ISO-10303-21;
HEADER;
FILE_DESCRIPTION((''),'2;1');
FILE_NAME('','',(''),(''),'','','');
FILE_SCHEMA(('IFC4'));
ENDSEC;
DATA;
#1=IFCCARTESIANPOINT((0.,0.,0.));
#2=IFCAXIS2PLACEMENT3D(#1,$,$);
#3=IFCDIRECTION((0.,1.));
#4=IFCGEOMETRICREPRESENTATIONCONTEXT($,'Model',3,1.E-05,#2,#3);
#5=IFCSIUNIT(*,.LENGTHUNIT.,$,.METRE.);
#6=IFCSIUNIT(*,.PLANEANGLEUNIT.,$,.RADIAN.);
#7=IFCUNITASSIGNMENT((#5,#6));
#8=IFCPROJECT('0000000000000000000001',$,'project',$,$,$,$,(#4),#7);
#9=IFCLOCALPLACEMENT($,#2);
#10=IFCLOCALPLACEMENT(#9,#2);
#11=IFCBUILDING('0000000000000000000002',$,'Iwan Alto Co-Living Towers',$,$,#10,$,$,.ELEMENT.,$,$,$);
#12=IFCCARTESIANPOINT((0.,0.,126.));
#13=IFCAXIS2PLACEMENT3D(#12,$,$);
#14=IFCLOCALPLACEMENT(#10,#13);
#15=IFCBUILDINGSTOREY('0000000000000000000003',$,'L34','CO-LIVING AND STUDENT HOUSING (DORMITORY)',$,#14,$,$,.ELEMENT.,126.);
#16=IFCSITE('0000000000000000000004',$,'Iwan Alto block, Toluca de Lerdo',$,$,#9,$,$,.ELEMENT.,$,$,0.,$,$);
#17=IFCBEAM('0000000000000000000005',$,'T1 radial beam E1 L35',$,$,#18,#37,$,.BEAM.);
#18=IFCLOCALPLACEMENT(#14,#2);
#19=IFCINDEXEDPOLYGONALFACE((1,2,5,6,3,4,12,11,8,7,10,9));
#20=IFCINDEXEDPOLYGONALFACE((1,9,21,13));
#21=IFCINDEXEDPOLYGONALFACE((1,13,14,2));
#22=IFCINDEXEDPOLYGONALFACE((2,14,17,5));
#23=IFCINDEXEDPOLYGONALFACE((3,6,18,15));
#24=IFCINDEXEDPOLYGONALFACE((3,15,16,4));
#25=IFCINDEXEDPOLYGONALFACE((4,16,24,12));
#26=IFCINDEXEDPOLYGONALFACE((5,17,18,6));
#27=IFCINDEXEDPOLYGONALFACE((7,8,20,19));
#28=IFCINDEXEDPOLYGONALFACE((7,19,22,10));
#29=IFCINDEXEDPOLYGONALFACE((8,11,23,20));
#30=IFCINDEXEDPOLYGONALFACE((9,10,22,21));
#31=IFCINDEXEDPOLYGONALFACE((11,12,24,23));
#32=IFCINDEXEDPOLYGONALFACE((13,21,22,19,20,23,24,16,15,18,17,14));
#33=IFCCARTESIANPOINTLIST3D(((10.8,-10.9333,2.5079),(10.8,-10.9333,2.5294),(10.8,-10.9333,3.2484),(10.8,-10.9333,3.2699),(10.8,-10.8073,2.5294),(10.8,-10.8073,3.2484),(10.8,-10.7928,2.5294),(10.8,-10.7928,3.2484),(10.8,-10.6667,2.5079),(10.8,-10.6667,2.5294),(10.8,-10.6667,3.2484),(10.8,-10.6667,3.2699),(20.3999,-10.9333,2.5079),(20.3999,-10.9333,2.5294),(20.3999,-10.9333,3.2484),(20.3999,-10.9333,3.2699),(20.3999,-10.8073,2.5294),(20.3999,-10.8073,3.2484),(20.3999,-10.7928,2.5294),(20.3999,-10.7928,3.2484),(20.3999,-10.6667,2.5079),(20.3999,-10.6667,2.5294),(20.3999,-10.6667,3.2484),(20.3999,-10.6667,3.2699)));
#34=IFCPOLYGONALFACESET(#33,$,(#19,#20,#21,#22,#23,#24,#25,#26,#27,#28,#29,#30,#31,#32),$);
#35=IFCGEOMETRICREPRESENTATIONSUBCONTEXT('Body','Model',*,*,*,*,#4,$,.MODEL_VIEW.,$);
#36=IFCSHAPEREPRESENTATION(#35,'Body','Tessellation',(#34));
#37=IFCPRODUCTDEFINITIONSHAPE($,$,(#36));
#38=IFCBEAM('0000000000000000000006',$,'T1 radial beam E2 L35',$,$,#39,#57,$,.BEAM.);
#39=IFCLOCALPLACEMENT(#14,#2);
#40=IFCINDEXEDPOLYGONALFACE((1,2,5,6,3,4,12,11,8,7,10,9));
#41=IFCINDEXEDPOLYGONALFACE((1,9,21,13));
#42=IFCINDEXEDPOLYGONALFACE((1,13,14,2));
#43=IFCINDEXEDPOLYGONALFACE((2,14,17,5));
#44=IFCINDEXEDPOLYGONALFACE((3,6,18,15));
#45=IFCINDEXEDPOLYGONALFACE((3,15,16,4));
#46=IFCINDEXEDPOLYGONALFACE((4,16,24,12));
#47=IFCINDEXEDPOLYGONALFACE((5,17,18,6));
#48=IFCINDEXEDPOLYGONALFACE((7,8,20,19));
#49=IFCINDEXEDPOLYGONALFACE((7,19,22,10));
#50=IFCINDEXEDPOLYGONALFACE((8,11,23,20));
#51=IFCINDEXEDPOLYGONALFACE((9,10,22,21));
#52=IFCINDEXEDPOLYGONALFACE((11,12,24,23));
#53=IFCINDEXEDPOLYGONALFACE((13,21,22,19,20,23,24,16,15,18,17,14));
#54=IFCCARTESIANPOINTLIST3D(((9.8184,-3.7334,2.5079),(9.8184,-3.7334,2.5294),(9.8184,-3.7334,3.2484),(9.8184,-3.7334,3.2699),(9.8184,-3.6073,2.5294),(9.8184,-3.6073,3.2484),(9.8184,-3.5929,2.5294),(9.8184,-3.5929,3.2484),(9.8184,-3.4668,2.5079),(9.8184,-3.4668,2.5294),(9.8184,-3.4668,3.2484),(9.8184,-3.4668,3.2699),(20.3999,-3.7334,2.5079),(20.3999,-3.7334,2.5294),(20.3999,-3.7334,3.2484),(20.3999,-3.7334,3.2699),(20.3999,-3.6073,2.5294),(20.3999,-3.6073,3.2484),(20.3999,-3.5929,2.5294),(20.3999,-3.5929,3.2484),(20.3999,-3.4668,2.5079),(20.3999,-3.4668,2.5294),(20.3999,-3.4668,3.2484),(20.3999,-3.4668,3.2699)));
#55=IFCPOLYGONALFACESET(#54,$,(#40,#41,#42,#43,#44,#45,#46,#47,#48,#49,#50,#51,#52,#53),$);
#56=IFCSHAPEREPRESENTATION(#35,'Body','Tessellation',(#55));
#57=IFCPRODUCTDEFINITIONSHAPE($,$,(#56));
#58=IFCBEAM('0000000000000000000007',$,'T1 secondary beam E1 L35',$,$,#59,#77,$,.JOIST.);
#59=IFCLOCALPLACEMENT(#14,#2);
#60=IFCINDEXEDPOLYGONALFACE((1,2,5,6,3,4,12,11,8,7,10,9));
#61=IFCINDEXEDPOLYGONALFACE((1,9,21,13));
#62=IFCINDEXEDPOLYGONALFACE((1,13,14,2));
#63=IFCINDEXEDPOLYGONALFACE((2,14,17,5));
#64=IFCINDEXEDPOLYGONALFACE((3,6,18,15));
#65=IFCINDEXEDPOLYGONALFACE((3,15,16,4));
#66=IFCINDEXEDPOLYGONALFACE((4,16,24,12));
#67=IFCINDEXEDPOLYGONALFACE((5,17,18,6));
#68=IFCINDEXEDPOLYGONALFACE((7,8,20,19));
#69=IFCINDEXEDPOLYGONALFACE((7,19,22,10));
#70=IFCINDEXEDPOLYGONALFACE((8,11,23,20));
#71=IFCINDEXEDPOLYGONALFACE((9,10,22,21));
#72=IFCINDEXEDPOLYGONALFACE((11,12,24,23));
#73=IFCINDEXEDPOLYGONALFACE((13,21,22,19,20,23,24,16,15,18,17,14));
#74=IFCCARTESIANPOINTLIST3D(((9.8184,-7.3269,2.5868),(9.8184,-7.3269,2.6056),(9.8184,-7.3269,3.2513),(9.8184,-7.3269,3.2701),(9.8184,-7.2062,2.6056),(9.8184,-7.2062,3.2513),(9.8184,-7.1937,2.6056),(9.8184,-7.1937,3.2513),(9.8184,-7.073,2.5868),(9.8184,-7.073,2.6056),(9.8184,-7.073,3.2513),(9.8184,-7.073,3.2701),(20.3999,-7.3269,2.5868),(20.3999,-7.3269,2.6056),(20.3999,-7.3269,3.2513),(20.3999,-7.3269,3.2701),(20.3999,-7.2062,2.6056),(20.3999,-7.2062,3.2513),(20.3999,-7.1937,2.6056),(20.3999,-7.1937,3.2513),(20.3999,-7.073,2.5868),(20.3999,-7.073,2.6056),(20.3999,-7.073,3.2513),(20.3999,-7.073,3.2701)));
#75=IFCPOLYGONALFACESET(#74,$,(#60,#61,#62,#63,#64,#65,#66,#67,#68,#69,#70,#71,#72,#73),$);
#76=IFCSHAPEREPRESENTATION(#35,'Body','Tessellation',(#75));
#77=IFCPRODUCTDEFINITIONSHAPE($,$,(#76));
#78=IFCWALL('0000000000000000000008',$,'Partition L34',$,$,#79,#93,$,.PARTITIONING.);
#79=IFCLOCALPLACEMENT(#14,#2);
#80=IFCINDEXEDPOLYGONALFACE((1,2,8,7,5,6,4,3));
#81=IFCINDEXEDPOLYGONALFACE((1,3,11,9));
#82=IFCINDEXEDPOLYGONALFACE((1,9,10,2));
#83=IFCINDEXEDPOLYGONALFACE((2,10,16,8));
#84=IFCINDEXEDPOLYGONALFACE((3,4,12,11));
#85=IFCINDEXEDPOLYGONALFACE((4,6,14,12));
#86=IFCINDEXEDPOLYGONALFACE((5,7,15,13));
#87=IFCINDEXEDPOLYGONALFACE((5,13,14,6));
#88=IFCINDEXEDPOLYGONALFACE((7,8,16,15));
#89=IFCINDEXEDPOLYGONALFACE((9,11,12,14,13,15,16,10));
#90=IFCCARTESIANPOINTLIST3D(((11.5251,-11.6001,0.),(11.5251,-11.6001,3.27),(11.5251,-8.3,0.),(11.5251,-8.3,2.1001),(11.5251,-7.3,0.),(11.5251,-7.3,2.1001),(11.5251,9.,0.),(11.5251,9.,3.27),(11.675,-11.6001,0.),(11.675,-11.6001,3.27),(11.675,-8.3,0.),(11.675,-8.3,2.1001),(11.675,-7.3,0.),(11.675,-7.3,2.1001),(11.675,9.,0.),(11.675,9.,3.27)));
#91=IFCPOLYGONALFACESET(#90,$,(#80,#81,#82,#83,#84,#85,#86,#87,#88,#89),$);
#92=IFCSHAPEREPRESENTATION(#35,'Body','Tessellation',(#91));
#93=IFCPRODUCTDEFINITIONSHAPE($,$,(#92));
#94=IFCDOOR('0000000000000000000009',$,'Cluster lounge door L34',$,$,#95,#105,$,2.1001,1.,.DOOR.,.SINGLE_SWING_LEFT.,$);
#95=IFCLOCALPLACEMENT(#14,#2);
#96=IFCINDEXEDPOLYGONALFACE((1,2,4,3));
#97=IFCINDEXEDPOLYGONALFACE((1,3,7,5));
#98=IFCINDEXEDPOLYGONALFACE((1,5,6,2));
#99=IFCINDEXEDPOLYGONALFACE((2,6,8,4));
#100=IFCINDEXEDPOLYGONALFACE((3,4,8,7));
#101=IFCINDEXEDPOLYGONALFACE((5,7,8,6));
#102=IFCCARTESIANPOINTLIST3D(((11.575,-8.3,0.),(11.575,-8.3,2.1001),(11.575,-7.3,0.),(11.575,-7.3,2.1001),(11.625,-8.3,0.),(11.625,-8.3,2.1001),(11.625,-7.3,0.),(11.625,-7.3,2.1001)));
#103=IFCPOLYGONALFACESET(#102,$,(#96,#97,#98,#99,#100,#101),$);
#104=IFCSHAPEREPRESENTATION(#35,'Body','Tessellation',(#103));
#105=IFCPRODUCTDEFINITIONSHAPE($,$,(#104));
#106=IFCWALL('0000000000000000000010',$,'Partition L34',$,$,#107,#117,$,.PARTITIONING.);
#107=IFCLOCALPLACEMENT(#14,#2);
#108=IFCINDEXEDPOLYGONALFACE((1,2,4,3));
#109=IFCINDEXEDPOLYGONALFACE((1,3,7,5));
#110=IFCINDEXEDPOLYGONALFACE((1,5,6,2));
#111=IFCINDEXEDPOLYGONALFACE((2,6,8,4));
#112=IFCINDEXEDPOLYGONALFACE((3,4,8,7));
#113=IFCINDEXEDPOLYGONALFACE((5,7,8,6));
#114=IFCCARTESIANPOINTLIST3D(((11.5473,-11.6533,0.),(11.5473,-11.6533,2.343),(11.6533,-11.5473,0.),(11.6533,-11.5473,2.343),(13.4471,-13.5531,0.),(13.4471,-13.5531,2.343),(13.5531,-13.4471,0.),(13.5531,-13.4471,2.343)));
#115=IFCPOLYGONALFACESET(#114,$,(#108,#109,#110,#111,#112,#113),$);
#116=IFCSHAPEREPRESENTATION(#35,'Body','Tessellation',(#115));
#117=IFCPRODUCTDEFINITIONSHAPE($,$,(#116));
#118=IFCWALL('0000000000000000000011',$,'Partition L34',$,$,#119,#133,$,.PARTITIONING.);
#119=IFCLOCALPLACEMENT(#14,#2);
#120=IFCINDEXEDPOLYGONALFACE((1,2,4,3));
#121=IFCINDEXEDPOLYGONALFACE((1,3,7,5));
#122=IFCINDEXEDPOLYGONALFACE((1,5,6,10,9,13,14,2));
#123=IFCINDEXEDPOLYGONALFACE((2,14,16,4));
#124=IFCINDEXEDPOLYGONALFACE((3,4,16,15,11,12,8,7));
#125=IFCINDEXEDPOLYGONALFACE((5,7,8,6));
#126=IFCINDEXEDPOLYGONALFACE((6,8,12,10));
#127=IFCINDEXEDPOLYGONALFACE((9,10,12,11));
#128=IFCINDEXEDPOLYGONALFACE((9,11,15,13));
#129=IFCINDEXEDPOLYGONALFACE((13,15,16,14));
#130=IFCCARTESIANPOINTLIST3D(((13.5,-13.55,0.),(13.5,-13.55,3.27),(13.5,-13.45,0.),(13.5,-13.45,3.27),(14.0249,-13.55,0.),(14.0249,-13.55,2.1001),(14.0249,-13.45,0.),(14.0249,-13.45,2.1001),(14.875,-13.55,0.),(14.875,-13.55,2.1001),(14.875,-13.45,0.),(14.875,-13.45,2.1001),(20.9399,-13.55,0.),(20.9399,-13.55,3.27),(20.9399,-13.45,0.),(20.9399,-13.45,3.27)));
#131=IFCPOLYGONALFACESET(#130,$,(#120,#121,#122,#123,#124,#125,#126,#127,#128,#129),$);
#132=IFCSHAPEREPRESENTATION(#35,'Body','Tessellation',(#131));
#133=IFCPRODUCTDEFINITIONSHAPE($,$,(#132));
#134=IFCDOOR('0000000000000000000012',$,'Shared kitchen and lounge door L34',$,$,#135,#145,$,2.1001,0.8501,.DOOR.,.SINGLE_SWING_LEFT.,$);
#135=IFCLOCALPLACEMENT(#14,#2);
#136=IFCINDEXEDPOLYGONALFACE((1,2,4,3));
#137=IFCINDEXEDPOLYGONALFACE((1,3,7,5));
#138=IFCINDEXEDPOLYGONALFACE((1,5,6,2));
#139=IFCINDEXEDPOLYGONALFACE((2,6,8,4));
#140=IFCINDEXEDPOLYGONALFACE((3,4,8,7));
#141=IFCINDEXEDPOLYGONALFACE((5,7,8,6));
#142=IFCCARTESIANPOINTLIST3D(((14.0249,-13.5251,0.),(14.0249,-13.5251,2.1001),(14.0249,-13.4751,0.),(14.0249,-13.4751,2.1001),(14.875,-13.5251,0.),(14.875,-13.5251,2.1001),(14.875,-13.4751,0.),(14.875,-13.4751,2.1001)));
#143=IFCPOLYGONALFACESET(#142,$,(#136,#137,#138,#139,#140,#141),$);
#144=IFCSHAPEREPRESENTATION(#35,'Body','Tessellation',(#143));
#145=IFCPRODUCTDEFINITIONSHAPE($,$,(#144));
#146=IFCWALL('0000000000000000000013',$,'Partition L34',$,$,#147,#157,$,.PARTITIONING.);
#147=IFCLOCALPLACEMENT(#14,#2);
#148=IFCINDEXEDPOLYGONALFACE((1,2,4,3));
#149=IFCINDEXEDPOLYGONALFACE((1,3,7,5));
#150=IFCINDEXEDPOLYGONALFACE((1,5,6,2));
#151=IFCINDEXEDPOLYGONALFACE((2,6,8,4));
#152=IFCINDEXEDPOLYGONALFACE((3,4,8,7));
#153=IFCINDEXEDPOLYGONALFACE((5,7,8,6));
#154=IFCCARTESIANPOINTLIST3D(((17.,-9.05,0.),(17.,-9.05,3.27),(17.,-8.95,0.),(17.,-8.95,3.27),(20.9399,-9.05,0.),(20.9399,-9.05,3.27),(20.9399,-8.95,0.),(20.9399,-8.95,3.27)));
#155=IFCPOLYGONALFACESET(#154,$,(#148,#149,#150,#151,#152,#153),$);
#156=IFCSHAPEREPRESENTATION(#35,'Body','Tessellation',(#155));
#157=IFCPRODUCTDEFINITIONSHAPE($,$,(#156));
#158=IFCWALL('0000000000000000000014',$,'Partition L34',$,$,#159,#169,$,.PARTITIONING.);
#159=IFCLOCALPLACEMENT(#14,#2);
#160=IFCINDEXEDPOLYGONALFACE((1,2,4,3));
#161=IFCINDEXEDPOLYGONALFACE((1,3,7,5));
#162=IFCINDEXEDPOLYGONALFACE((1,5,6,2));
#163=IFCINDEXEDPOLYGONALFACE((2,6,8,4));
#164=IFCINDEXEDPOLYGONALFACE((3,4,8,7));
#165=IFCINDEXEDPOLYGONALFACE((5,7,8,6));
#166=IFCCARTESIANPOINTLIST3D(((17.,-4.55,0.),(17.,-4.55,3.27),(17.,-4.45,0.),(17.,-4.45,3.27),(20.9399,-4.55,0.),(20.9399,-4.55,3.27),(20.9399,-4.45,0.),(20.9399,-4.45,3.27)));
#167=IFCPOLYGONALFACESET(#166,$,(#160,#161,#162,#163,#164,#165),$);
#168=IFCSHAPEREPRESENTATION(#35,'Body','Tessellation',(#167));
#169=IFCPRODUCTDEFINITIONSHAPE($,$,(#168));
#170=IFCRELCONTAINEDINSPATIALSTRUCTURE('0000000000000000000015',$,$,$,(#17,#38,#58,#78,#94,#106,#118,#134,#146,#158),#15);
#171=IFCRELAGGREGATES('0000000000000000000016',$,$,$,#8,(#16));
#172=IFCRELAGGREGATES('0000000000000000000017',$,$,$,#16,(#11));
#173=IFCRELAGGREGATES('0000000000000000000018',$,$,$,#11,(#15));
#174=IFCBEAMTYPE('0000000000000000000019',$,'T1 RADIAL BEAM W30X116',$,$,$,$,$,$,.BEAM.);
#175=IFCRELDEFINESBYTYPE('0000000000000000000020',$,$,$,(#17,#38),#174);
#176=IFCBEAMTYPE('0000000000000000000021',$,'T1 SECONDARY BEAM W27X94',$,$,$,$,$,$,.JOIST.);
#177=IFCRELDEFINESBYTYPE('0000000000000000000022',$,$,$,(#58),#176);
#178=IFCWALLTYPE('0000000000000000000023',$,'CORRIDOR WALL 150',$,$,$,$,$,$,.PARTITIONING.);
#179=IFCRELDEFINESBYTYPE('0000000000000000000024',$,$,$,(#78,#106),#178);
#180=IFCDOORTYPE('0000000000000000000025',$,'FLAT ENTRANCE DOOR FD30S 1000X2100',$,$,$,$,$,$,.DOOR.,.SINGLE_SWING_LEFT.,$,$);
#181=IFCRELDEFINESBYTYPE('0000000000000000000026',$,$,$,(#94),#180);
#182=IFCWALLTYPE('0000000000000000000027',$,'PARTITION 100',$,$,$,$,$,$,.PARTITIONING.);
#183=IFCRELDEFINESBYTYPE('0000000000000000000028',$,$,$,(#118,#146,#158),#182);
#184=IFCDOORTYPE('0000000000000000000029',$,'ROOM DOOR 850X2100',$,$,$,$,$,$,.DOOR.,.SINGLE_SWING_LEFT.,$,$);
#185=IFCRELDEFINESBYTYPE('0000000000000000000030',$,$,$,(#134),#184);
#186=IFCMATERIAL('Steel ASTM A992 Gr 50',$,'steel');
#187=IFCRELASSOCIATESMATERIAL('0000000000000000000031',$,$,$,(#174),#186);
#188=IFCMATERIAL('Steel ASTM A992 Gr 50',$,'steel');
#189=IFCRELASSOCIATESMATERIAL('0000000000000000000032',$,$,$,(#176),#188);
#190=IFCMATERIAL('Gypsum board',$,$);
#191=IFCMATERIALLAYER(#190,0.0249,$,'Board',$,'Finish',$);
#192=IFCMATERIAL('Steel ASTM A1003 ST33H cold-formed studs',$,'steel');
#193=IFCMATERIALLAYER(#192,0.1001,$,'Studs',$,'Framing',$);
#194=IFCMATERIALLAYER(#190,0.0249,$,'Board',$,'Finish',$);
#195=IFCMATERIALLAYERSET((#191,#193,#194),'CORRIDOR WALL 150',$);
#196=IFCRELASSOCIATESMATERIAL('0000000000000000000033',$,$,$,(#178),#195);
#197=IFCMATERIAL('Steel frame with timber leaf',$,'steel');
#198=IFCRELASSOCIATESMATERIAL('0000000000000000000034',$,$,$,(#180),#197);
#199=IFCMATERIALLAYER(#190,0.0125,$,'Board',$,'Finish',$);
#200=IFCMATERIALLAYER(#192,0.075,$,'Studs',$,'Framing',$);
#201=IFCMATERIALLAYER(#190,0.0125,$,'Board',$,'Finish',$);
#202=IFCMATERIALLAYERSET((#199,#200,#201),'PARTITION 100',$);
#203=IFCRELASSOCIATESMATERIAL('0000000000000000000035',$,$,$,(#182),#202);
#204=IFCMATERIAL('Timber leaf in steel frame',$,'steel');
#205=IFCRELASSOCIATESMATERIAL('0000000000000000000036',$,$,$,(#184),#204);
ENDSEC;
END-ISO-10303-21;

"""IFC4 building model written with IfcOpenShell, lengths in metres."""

from ifc_helpers import new_model, si_unit, direction, frame, frame_2d, origin, origin_2d, place, context, subcontext, project, spatial, rectangle, i_section, extrude, material, layer, layer_set, material_profile, profile_set, type_object, element, fill, save


model = new_model("IFC4")

# Units and contexts
model_context = context("Model", 3, precision=1e-05, world=origin(), true_north=direction((0.0, 1.0)))
body_context = subcontext(model_context, "Body", "Model", "MODEL_VIEW")
ifc_project = project(units=[si_unit("LENGTHUNIT", "METRE"), si_unit("PLANEANGLEUNIT", "RADIAN")], contexts=[model_context])

# Site, building, storey
site_placement = place(None, origin())
site = spatial("IfcSite", under=ifc_project, at=site_placement, Name="Iwan Alto block, Toluca de Lerdo", CompositionType="ELEMENT", RefElevation=0.0)
building_placement = place(site_placement, origin())
building = spatial("IfcBuilding", under=site, at=building_placement, Name="Iwan Alto Co-Living Towers", CompositionType="ELEMENT")
storey_placement = place(building_placement, frame((0.0, 0.0, 126.0)))
storey = spatial("IfcBuildingStorey", under=building, at=storey_placement, Name="L34", Description="CO-LIVING AND STUDENT HOUSING (DORMITORY)", CompositionType="ELEMENT", Elevation=126.0)

# Beams
ifc_material_1 = material(Name="Steel ASTM A992 Gr 50", Category="steel")
ifc_material_profile_1 = material_profile(ifc_material_1, i_section(OverallWidth=0.2666, OverallDepth=0.762, WebThickness=0.0144, FlangeThickness=0.0215, at=origin_2d()), Name="W30X116")
ifc_profile_set_1 = profile_set([ifc_material_profile_1], Name="Steel ASTM A992 Gr 50")
beam_type_1 = type_object("IfcBeamType", Name="T1 RADIAL BEAM W30X116", PredefinedType="BEAM", material=ifc_profile_set_1)
beam_1_placement = place(storey_placement, frame((20.3999, -10.8, 2.8889), z_axis=(-1.0, 0.0, 0.0), x_axis=(0.0, -1.0, 0.0)))
element("IfcBeam", 1, at=beam_1_placement, inside=storey, type_object=beam_type_1, Name="T1 radial beam E1 L35", PredefinedType="BEAM", context=body_context, shape_type="SweptSolid", body=[
    extrude(i_section(OverallWidth=0.2666, OverallDepth=0.762, WebThickness=0.0144, FlangeThickness=0.0215, at=origin_2d()), origin(), (0.0, 0.0, 1.0), 9.5999),
])
beam_2_placement = place(storey_placement, frame((20.3999, -3.6001, 2.8889), z_axis=(-1.0, 0.0, 0.0), x_axis=(0.0, -1.0, 0.0)))
element("IfcBeam", 2, at=beam_2_placement, inside=storey, type_object=beam_type_1, Name="T1 radial beam E2 L35", PredefinedType="BEAM", context=body_context, shape_type="SweptSolid", body=[
    extrude(i_section(OverallWidth=0.2666, OverallDepth=0.762, WebThickness=0.0144, FlangeThickness=0.0215, at=origin_2d()), origin(), (0.0, 0.0, 1.0), 10.5815),
])
ifc_material_2 = material(Name="Steel ASTM A992 Gr 50", Category="steel")
ifc_material_profile_2 = material_profile(ifc_material_2, i_section(OverallWidth=0.2539, OverallDepth=0.6833, WebThickness=0.0125, FlangeThickness=0.0188, at=origin_2d()), Name="W27X94")
ifc_profile_set_2 = profile_set([ifc_material_profile_2], Name="Steel ASTM A992 Gr 50")
beam_type_2 = type_object("IfcBeamType", Name="T1 SECONDARY BEAM W27X94", PredefinedType="JOIST", material=ifc_profile_set_2)
beam_3_placement = place(storey_placement, frame((20.3999, -7.2, 2.9285), z_axis=(-1.0, 0.0, 0.0), x_axis=(0.0, -1.0, 0.0)))
element("IfcBeam", 3, at=beam_3_placement, inside=storey, type_object=beam_type_2, Name="T1 secondary beam E1 L35", PredefinedType="JOIST", context=body_context, shape_type="SweptSolid", body=[
    extrude(i_section(OverallWidth=0.2539, OverallDepth=0.6833, WebThickness=0.0125, FlangeThickness=0.0188, at=origin_2d()), origin(), (0.0, 0.0, 1.0), 10.5815),
])

# Wall, opening, door
ifc_material_3 = material(Name="Gypsum board")
ifc_layer_1 = layer(ifc_material_3, 0.0249, Name="Board", Category="Finish")
ifc_material_4 = material(Name="Steel ASTM A1003 ST33H cold-formed studs", Category="steel")
ifc_layer_2 = layer(ifc_material_4, 0.1001, Name="Studs", Category="Framing")
ifc_layer_3 = layer(ifc_material_3, 0.0249, Name="Board", Category="Finish")
ifc_layer_set_1 = layer_set([ifc_layer_1, ifc_layer_2, ifc_layer_3], Name="CORRIDOR WALL 150")
wall_type_1 = type_object("IfcWallType", Name="CORRIDOR WALL 150", PredefinedType="PARTITIONING", material=ifc_layer_set_1)
wall_1_placement = place(storey_placement, frame((11.6001, -11.6001, 0.0), z_axis=(0.0, 0.0, 1.0), x_axis=(0.0, 1.0, 0.0)))
wall_1 = element("IfcWall", 4, at=wall_1_placement, inside=storey, type_object=wall_type_1, Name="Partition L34", PredefinedType="PARTITIONING", context=body_context, shape_type="SweptSolid", body=[
    extrude(rectangle(XDim=20.6001, YDim=0.1499, at=frame_2d((10.3, 0.0))), origin(), (0.0, 0.0, 1.0), 3.27),
])
opening_1_placement = place(wall_1_placement, frame((3.3, 0.0, 0.0)))
opening_1 = element("IfcOpeningElement", 5, at=opening_1_placement, cuts=wall_1, PredefinedType="OPENING", context=body_context, shape_type="SweptSolid", body=[
    extrude(rectangle(XDim=1.0, YDim=2.1001, at=frame_2d((0.5, 1.05))), frame((0.0, 0.085, 0.0), z_axis=(0.0, -1.0, 0.0), x_axis=(1.0, 0.0, 0.0)), (0.0, 0.0, 1.0), 0.1699),
])
ifc_material_5 = material(Name="Steel frame with timber leaf", Category="steel")
door_type_1 = type_object("IfcDoorType", Name="FLAT ENTRANCE DOOR FD30S 1000X2100", OperationType="SINGLE_SWING_LEFT", PredefinedType="DOOR", material=ifc_material_5)
door_1_placement = place(opening_1_placement, frame((1.0, 0.0, 0.0), z_axis=(0.0, 0.0, 1.0), x_axis=(-1.0, 0.0, 0.0)))
door_1 = element("IfcDoor", 6, at=door_1_placement, inside=storey, type_object=door_type_1, Name="Cluster lounge door L34", OperationType="SINGLE_SWING_LEFT", OverallHeight=2.1001, OverallWidth=1.0, PredefinedType="DOOR", context=body_context, shape_type="SweptSolid", body=[
    extrude(rectangle(XDim=1.0, YDim=2.1001, at=frame_2d((0.5, 1.05))), frame((0.0, 0.0249, 0.0), z_axis=(0.0, -1.0, 0.0), x_axis=(1.0, 0.0, 0.0)), (0.0, 0.0, 1.0), 0.05),
])
fill(opening_1, door_1)

# Wall
wall_2_placement = place(storey_placement, frame((13.5, -13.5, 0.0), z_axis=(0.0, 0.0, 1.0), x_axis=(-0.707107, 0.707107, 0.0)))
element("IfcWall", 7, at=wall_2_placement, inside=storey, type_object=wall_type_1, Name="Partition L34", PredefinedType="PARTITIONING", context=body_context, shape_type="SweptSolid", body=[
    extrude(rectangle(XDim=2.6868, YDim=0.1499, at=frame_2d((1.3433, 0.0))), origin(), (0.0, 0.0, 1.0), 2.343),
])

# Wall, opening, door
ifc_layer_4 = layer(ifc_material_3, 0.0125, Name="Board", Category="Finish")
ifc_layer_5 = layer(ifc_material_4, 0.075, Name="Studs", Category="Framing")
ifc_layer_6 = layer(ifc_material_3, 0.0125, Name="Board", Category="Finish")
ifc_layer_set_2 = layer_set([ifc_layer_4, ifc_layer_5, ifc_layer_6], Name="PARTITION 100")
wall_type_2 = type_object("IfcWallType", Name="PARTITION 100", PredefinedType="PARTITIONING", material=ifc_layer_set_2)
wall_3_placement = place(storey_placement, frame((13.5, -13.5, 0.0), z_axis=(0.0, 0.0, 1.0), x_axis=(1.0, 0.0, 0.0)))
wall_3 = element("IfcWall", 8, at=wall_3_placement, inside=storey, type_object=wall_type_2, Name="Partition L34", PredefinedType="PARTITIONING", context=body_context, shape_type="SweptSolid", body=[
    extrude(rectangle(XDim=7.4399, YDim=0.1001, at=frame_2d((3.72, 0.0))), origin(), (0.0, 0.0, 1.0), 3.27),
])
opening_2_placement = place(wall_3_placement, frame((0.5249, 0.0, 0.0)))
opening_2 = element("IfcOpeningElement", 9, at=opening_2_placement, cuts=wall_3, PredefinedType="OPENING", context=body_context, shape_type="SweptSolid", body=[
    extrude(rectangle(XDim=0.8501, YDim=2.1001, at=frame_2d((0.425, 1.05))), frame((0.0, 0.0601, 0.0), z_axis=(0.0, -1.0, 0.0), x_axis=(1.0, 0.0, 0.0)), (0.0, 0.0, 1.0), 0.1201),
])
ifc_material_6 = material(Name="Timber leaf in steel frame", Category="steel")
door_type_2 = type_object("IfcDoorType", Name="ROOM DOOR 850X2100", OperationType="SINGLE_SWING_LEFT", PredefinedType="DOOR", material=ifc_material_6)
door_2_placement = place(opening_2_placement, origin())
door_2 = element("IfcDoor", 10, at=door_2_placement, inside=storey, type_object=door_type_2, Name="Shared kitchen and lounge door L34", OperationType="SINGLE_SWING_LEFT", OverallHeight=2.1001, OverallWidth=0.8501, PredefinedType="DOOR", context=body_context, shape_type="SweptSolid", body=[
    extrude(rectangle(XDim=0.8501, YDim=2.1001, at=frame_2d((0.425, 1.05))), frame((0.0, 0.0249, 0.0), z_axis=(0.0, -1.0, 0.0), x_axis=(1.0, 0.0, 0.0)), (0.0, 0.0, 1.0), 0.05),
])
fill(opening_2, door_2)

# Walls
for number, where, z_axis, x_axis, name in (
    (11, (17.0, -9.0, 0.0), (0.0, 0.0, 1.0), (1.0, 0.0, 0.0), "Partition L34"),
    (12, (17.0, -4.5, 0.0), (0.0, 0.0, 1.0), (1.0, 0.0, 0.0), "Partition L34"),
):
    element("IfcWall", number, at=place(storey_placement, frame(where, z_axis=z_axis, x_axis=x_axis)), inside=storey, type_object=wall_type_2, Name=name, PredefinedType="PARTITIONING", context=body_context, shape_type="SweptSolid", body=[
        extrude(rectangle(XDim=3.9399, YDim=0.1001, at=frame_2d((1.97, 0.0))), origin(), (0.0, 0.0, 1.0), 3.27),
    ])

save(model, "model.ifc")
